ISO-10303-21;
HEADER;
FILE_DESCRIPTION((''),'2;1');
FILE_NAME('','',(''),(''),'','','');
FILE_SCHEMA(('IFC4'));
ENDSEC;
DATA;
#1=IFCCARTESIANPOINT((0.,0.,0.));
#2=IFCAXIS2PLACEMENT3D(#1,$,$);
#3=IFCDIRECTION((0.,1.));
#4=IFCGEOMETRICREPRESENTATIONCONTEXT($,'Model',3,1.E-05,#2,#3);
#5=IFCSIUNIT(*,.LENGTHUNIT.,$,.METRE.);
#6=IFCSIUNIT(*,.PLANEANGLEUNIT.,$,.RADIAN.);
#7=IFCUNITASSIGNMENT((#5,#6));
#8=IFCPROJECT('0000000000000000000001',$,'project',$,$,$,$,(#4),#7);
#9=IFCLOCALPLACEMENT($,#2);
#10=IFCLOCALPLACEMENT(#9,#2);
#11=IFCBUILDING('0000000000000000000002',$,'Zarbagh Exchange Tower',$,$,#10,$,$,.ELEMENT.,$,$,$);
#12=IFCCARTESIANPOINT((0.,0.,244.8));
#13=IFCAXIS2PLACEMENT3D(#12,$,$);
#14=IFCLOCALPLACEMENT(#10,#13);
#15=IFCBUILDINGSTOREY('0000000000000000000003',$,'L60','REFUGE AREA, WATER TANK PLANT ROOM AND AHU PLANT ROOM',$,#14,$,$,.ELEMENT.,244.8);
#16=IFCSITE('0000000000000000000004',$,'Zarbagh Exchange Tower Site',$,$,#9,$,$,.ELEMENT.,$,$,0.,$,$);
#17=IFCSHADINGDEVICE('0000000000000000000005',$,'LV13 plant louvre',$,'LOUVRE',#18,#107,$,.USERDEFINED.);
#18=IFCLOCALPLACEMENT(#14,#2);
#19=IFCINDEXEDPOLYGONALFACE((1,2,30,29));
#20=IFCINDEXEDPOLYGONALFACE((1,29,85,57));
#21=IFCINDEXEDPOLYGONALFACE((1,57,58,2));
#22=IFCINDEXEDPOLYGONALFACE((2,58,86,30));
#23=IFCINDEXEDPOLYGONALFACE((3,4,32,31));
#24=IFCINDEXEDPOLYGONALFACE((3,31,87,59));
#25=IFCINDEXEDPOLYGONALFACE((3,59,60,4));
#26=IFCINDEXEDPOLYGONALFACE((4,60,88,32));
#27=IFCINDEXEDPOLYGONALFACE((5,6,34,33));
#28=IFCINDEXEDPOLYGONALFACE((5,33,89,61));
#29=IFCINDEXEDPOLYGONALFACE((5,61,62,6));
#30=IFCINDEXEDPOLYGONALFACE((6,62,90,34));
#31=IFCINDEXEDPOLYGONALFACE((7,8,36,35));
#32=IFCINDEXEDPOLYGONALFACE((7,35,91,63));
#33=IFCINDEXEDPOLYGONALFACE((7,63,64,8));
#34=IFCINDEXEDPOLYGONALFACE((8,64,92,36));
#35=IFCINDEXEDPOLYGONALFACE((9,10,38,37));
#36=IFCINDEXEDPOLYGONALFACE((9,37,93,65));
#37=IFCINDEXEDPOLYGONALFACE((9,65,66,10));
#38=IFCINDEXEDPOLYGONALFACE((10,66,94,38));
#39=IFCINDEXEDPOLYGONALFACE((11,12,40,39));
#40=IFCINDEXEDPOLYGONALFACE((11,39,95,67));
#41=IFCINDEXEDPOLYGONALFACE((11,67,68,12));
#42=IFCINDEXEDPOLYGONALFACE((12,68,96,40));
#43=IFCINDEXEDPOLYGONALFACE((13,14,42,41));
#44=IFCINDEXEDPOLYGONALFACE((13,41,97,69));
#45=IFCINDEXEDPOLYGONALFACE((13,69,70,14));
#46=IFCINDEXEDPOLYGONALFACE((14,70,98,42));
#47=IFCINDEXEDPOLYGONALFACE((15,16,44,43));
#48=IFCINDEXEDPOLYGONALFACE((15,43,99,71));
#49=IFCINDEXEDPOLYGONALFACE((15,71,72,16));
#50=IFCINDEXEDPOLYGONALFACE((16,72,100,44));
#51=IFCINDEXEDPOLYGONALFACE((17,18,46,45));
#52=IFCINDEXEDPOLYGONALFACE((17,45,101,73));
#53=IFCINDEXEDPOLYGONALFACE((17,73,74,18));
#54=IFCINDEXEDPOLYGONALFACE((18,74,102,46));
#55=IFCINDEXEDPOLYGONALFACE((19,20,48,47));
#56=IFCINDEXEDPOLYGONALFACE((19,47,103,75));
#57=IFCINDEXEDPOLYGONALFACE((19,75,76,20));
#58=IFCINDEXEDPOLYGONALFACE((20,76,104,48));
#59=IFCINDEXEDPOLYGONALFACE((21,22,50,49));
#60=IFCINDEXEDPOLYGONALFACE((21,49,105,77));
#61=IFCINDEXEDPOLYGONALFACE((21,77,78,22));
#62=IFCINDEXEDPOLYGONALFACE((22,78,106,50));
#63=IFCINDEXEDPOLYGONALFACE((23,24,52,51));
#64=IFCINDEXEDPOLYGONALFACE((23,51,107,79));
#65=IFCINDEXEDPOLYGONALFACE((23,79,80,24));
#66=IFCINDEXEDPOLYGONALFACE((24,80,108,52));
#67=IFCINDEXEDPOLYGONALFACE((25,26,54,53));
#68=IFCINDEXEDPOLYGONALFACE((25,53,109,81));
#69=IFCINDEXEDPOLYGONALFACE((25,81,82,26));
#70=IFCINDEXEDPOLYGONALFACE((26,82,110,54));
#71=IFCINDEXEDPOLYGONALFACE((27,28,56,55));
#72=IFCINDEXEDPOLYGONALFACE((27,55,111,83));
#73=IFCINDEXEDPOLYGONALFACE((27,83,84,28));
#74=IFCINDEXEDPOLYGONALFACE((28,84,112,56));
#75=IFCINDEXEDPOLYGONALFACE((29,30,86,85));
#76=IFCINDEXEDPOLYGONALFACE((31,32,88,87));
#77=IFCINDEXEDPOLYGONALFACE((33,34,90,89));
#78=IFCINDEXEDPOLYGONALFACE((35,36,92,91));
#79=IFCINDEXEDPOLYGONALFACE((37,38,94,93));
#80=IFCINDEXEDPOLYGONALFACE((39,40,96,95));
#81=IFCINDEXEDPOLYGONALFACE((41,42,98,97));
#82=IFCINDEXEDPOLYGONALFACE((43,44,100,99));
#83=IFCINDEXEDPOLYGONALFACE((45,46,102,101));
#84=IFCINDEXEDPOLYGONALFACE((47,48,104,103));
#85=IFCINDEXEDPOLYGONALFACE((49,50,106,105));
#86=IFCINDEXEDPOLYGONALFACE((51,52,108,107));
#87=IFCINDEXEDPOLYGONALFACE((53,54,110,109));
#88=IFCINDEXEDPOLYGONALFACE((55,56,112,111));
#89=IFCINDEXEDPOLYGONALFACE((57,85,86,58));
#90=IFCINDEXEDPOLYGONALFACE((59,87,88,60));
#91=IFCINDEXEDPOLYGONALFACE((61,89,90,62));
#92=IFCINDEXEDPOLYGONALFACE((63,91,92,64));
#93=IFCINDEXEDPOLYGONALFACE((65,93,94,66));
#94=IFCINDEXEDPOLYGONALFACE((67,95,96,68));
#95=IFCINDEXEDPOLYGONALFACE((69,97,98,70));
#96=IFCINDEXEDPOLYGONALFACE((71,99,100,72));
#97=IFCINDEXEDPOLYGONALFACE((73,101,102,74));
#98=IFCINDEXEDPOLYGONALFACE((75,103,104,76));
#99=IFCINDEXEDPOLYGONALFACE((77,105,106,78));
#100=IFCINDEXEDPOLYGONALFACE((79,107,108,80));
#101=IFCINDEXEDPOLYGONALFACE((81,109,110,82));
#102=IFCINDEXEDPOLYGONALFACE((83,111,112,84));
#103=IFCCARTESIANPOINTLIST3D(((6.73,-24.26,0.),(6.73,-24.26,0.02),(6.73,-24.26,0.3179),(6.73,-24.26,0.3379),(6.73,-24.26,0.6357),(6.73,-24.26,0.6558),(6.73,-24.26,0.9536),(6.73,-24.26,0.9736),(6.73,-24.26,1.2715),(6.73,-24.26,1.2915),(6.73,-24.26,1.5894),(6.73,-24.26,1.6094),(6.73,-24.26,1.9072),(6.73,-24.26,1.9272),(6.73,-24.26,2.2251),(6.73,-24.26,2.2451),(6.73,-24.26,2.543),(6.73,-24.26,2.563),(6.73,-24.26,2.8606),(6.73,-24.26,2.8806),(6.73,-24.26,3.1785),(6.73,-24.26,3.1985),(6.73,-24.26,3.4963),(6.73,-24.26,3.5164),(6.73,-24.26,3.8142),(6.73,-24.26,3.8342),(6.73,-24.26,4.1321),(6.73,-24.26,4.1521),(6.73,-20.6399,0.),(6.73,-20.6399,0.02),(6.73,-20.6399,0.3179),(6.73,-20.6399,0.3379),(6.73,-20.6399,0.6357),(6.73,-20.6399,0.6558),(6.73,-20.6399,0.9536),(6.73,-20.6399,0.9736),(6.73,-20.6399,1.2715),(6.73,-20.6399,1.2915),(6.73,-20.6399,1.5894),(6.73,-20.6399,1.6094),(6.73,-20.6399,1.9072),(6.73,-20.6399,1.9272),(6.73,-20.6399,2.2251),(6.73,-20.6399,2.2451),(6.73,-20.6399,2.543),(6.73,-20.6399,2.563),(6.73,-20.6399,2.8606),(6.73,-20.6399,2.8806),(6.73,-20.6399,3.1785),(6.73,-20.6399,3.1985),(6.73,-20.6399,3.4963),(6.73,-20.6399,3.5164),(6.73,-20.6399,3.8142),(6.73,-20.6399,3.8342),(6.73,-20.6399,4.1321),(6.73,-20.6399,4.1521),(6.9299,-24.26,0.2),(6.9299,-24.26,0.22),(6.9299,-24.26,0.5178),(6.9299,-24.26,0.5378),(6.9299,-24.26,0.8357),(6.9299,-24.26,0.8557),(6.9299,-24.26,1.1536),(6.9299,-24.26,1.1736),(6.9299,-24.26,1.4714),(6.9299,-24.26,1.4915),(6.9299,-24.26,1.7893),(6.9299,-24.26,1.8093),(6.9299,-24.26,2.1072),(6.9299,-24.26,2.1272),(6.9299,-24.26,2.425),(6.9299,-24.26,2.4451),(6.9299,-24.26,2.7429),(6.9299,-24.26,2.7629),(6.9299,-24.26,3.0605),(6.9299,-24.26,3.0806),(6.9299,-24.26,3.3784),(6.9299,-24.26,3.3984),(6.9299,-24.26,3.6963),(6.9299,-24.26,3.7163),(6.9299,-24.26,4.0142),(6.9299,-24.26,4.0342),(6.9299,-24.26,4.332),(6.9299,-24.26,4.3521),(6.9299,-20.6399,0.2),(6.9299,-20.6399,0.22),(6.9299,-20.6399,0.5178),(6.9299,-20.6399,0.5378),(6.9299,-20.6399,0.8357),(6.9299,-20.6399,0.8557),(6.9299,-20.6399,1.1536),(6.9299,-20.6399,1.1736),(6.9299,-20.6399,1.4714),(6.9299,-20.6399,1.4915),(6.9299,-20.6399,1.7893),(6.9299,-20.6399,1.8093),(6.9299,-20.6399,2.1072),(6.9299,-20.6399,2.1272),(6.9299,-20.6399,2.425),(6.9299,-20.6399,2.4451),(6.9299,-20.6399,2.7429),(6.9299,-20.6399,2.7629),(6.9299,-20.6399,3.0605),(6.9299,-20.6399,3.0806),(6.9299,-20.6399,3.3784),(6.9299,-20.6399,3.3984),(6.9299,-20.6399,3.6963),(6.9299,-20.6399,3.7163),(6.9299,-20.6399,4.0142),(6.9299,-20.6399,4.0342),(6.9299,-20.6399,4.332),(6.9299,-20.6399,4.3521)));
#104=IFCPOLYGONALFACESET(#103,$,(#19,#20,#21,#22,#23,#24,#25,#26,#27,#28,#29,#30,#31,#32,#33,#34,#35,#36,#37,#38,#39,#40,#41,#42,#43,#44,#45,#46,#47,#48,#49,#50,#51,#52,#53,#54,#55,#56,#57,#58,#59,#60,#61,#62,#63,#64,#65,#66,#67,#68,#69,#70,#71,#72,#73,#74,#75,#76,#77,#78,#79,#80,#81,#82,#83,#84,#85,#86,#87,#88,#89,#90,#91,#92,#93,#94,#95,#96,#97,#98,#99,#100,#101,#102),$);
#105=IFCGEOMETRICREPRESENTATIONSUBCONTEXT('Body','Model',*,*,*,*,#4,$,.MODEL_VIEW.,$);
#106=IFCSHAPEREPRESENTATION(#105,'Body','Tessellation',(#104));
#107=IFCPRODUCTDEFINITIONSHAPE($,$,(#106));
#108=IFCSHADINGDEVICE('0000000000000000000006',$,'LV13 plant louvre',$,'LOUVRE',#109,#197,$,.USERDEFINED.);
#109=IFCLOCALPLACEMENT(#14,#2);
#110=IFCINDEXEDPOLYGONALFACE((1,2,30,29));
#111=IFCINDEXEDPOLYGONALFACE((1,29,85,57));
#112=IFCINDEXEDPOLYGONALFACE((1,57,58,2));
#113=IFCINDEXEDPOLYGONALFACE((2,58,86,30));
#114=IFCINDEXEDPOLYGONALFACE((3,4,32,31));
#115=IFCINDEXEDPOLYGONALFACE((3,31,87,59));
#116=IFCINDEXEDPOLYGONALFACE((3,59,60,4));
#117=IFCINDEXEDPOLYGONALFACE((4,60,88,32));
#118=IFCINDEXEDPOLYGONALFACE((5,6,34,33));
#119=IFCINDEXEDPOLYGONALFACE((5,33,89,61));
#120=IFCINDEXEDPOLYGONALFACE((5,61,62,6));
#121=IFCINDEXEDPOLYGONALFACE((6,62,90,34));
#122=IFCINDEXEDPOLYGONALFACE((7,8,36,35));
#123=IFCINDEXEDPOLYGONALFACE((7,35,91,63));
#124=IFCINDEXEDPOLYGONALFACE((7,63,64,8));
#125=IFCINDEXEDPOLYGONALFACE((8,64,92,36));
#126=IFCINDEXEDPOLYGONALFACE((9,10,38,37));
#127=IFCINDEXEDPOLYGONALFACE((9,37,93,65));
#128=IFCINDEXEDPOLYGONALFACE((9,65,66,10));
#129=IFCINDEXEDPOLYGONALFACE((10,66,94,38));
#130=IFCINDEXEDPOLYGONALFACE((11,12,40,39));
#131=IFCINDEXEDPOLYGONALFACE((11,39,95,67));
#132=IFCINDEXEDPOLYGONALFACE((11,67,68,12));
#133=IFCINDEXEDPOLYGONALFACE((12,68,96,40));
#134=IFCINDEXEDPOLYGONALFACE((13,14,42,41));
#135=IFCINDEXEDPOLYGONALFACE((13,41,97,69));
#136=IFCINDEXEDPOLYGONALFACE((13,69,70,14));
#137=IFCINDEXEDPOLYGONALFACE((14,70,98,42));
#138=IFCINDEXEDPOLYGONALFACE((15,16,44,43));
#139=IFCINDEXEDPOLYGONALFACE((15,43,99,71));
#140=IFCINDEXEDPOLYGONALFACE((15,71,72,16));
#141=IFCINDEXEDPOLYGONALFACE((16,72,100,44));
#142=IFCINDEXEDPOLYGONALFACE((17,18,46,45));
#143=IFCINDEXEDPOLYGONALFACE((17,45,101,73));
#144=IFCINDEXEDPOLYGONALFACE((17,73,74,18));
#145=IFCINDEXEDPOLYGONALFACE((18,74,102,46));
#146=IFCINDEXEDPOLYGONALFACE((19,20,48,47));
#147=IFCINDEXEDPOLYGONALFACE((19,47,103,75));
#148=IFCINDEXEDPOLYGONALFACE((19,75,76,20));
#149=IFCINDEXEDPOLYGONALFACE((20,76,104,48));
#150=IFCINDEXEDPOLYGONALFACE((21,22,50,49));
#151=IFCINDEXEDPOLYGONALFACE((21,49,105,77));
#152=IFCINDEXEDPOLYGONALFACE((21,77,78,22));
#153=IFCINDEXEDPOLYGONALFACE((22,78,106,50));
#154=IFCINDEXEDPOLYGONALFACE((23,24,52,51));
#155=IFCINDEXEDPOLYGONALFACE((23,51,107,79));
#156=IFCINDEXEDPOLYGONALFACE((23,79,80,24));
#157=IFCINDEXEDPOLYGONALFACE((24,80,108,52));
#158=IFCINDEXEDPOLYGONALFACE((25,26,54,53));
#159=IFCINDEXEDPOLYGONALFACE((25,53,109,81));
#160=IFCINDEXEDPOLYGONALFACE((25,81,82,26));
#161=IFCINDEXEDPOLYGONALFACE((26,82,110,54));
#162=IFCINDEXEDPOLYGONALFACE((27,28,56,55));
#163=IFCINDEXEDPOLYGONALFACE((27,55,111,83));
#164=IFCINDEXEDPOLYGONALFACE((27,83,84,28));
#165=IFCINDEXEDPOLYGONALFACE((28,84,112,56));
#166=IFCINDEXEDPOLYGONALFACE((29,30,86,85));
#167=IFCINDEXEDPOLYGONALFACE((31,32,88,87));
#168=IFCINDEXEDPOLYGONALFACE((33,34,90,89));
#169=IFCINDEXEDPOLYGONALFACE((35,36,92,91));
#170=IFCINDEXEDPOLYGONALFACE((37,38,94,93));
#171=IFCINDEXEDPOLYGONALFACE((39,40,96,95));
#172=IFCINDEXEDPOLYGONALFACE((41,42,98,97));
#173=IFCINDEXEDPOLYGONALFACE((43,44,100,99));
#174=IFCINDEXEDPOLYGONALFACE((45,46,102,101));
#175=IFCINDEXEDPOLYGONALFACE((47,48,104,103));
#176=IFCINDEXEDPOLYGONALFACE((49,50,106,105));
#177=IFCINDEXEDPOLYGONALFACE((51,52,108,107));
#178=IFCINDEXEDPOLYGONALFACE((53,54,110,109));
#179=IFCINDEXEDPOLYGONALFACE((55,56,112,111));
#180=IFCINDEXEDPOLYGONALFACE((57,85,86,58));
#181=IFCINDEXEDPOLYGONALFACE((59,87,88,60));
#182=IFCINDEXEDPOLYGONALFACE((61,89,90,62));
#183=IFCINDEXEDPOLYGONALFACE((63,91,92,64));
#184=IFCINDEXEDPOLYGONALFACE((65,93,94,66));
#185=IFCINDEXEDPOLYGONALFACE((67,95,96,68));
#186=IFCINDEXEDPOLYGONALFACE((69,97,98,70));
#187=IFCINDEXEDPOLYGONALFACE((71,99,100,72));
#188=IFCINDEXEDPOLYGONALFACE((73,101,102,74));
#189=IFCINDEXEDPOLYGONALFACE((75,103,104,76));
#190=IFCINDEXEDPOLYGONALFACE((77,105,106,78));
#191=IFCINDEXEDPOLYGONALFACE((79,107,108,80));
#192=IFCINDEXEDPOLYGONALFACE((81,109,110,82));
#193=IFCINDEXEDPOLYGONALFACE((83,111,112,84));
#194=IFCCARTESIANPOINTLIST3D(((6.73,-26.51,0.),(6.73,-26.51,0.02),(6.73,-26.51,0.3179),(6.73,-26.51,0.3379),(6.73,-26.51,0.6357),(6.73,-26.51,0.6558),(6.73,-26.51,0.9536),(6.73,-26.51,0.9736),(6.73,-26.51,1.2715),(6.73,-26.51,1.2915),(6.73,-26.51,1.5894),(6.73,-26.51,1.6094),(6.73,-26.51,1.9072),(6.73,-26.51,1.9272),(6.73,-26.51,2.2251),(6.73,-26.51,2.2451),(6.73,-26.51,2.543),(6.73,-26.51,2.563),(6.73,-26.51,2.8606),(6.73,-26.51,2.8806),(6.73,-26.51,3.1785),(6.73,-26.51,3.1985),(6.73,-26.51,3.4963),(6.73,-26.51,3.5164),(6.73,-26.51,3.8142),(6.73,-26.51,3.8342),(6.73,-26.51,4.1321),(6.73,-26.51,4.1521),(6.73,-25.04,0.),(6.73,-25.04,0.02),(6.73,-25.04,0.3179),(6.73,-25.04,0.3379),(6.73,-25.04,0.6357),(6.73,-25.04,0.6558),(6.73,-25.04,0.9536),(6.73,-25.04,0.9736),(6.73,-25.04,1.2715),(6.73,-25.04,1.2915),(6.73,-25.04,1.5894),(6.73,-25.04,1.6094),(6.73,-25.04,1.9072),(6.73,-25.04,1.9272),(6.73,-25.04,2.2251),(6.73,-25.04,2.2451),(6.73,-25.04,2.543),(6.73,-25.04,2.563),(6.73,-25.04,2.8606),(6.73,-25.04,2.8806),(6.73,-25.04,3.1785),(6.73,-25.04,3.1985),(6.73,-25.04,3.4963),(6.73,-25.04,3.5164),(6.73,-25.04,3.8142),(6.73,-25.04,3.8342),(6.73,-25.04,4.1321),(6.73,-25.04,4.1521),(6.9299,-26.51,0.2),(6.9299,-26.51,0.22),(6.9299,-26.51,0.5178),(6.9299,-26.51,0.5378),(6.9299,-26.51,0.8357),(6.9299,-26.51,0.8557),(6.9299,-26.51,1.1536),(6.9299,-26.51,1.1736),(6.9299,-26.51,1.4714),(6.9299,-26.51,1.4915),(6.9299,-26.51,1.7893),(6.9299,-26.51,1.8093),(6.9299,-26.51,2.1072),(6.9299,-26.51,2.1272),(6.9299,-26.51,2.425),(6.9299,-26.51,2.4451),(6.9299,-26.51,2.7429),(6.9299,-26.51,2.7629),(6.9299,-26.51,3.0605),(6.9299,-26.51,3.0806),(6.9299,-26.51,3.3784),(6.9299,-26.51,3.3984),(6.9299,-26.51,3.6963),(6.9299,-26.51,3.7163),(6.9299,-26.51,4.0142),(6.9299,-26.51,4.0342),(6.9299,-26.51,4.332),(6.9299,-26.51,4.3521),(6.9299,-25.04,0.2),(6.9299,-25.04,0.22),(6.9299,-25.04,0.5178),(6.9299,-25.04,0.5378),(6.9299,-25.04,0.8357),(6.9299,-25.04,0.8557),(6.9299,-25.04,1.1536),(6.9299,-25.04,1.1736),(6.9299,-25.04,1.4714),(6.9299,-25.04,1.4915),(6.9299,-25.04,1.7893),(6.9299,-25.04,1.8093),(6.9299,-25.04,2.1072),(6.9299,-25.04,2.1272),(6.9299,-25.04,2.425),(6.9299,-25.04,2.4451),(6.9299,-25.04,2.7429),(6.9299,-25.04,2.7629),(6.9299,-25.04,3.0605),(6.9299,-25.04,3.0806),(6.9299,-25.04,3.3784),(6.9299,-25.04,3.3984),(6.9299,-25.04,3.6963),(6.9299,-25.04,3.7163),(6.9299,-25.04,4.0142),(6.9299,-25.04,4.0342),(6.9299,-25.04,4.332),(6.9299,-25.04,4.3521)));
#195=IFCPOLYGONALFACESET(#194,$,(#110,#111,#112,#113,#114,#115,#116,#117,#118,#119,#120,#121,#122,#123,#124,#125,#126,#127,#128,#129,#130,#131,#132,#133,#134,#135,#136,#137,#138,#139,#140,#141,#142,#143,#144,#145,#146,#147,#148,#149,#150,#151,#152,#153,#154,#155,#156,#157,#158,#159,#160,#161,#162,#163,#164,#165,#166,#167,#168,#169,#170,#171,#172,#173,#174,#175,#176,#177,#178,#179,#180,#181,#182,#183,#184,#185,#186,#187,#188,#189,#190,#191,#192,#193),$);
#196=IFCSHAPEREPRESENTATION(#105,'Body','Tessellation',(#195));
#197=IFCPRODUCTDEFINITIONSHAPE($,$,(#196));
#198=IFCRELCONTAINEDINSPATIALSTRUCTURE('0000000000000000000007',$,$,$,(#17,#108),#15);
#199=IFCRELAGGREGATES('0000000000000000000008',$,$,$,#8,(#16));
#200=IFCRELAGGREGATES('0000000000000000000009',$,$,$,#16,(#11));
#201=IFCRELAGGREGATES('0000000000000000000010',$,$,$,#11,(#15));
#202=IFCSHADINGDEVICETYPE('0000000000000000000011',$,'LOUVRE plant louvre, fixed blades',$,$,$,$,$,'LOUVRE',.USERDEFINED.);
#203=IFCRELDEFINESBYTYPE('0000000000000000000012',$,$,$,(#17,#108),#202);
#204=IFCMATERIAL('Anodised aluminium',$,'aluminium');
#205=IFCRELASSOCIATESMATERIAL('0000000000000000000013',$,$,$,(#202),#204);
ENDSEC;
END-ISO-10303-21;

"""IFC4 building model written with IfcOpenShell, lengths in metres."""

from ifc_helpers import new_model, si_unit, direction, frame, origin, place, context, subcontext, project, spatial, polyline, outline, extrude, source, transform, mapped, material, type_object, element, save


model = new_model("IFC4")

# Units and contexts
model_context = context("Model", 3, precision=1e-05, world=origin(), true_north=direction((0.0, 1.0)))
body_context = subcontext(model_context, "Body", "Model", "MODEL_VIEW")
ifc_project = project(units=[si_unit("LENGTHUNIT", "METRE"), si_unit("PLANEANGLEUNIT", "RADIAN")], contexts=[model_context])

# Site, building, storey
site_placement = place(None, origin())
site = spatial("IfcSite", under=ifc_project, at=site_placement, Name="Zarbagh Exchange Tower Site", CompositionType="ELEMENT", RefElevation=0.0)
building_placement = place(site_placement, origin())
building = spatial("IfcBuilding", under=site, at=building_placement, Name="Zarbagh Exchange Tower", CompositionType="ELEMENT")
storey_placement = place(building_placement, frame((0.0, 0.0, 244.8)))
storey = spatial("IfcBuildingStorey", under=building, at=storey_placement, Name="L60", Description="REFUGE AREA, WATER TANK PLANT ROOM AND AHU PLANT ROOM", CompositionType="ELEMENT", Elevation=244.8)

# Shared definitions
placement = place(storey_placement, origin())

# Shading devices
ifc_material_1 = material(Name="Anodised aluminium", Category="aluminium")
shading_device_type = type_object("IfcShadingDeviceType", Name="LOUVRE plant louvre, fixed blades", ElementType="LOUVRE", PredefinedType="USERDEFINED", material=ifc_material_1)
shared_shape_1 = source(origin(), body_context, "Body", "SweptSolid", [
    extrude(outline(polyline([(0.0, 0.2), (0.2, 0.0), (0.2, -0.02), (0.0, 0.1799), (0.0, 0.2)])), origin(), (0.0, 0.0, 1.0), 3.6201),
])
element("IfcShadingDevice", 1, at=placement, inside=storey, type_object=shading_device_type, Name="LV13 plant louvre", ObjectType="LOUVRE", PredefinedType="USERDEFINED", context=body_context, shape_type="MappedRepresentation", body=[
    mapped(shared_shape_1, transform((6.73, -24.26, 0.2), x_axis=(1.0, 0.0, 0.0), y_axis=(0.0, 0.0, -1.0), z_axis=(0.0, 1.0, 0.0))),
    mapped(shared_shape_1, transform((6.73, -24.26, 0.5178), x_axis=(1.0, 0.0, 0.0), y_axis=(0.0, 0.0, -1.0), z_axis=(0.0, 1.0, 0.0))),
    mapped(shared_shape_1, transform((6.73, -24.26, 0.8357), x_axis=(1.0, 0.0, 0.0), y_axis=(0.0, 0.0, -1.0), z_axis=(0.0, 1.0, 0.0))),
    mapped(shared_shape_1, transform((6.73, -24.26, 1.1536), x_axis=(1.0, 0.0, 0.0), y_axis=(0.0, 0.0, -1.0), z_axis=(0.0, 1.0, 0.0))),
    mapped(shared_shape_1, transform((6.73, -24.26, 1.4714), x_axis=(1.0, 0.0, 0.0), y_axis=(0.0, 0.0, -1.0), z_axis=(0.0, 1.0, 0.0))),
    mapped(shared_shape_1, transform((6.73, -24.26, 1.7893), x_axis=(1.0, 0.0, 0.0), y_axis=(0.0, 0.0, -1.0), z_axis=(0.0, 1.0, 0.0))),
    mapped(shared_shape_1, transform((6.73, -24.26, 2.1072), x_axis=(1.0, 0.0, 0.0), y_axis=(0.0, 0.0, -1.0), z_axis=(0.0, 1.0, 0.0))),
    mapped(shared_shape_1, transform((6.73, -24.26, 2.425), x_axis=(1.0, 0.0, 0.0), y_axis=(0.0, 0.0, -1.0), z_axis=(0.0, 1.0, 0.0))),
    mapped(shared_shape_1, transform((6.73, -24.26, 2.7429), x_axis=(1.0, 0.0, 0.0), y_axis=(0.0, 0.0, -1.0), z_axis=(0.0, 1.0, 0.0))),
    mapped(shared_shape_1, transform((6.73, -24.26, 3.0605), x_axis=(1.0, 0.0, 0.0), y_axis=(0.0, 0.0, -1.0), z_axis=(0.0, 1.0, 0.0))),
    mapped(shared_shape_1, transform((6.73, -24.26, 3.3784), x_axis=(1.0, 0.0, 0.0), y_axis=(0.0, 0.0, -1.0), z_axis=(0.0, 1.0, 0.0))),
    mapped(shared_shape_1, transform((6.73, -24.26, 3.6963), x_axis=(1.0, 0.0, 0.0), y_axis=(0.0, 0.0, -1.0), z_axis=(0.0, 1.0, 0.0))),
    mapped(shared_shape_1, transform((6.73, -24.26, 4.0142), x_axis=(1.0, 0.0, 0.0), y_axis=(0.0, 0.0, -1.0), z_axis=(0.0, 1.0, 0.0))),
    mapped(shared_shape_1, transform((6.73, -24.26, 4.332), x_axis=(1.0, 0.0, 0.0), y_axis=(0.0, 0.0, -1.0), z_axis=(0.0, 1.0, 0.0))),
])
shared_shape_2 = source(origin(), body_context, "Body", "SweptSolid", [
    extrude(outline(polyline([(0.0, 0.2), (0.2, 0.0), (0.2, -0.02), (0.0, 0.1799), (0.0, 0.2)])), origin(), (0.0, 0.0, 1.0), 1.47),
])
element("IfcShadingDevice", 2, at=placement, inside=storey, type_object=shading_device_type, Name="LV13 plant louvre", ObjectType="LOUVRE", PredefinedType="USERDEFINED", context=body_context, shape_type="MappedRepresentation", body=[
    mapped(shared_shape_2, transform((6.73, -26.51, 0.2), x_axis=(1.0, 0.0, 0.0), y_axis=(0.0, 0.0, -1.0), z_axis=(0.0, 1.0, 0.0))),
    mapped(shared_shape_2, transform((6.73, -26.51, 0.5178), x_axis=(1.0, 0.0, 0.0), y_axis=(0.0, 0.0, -1.0), z_axis=(0.0, 1.0, 0.0))),
    mapped(shared_shape_2, transform((6.73, -26.51, 0.8357), x_axis=(1.0, 0.0, 0.0), y_axis=(0.0, 0.0, -1.0), z_axis=(0.0, 1.0, 0.0))),
    mapped(shared_shape_2, transform((6.73, -26.51, 1.1536), x_axis=(1.0, 0.0, 0.0), y_axis=(0.0, 0.0, -1.0), z_axis=(0.0, 1.0, 0.0))),
    mapped(shared_shape_2, transform((6.73, -26.51, 1.4714), x_axis=(1.0, 0.0, 0.0), y_axis=(0.0, 0.0, -1.0), z_axis=(0.0, 1.0, 0.0))),
    mapped(shared_shape_2, transform((6.73, -26.51, 1.7893), x_axis=(1.0, 0.0, 0.0), y_axis=(0.0, 0.0, -1.0), z_axis=(0.0, 1.0, 0.0))),
    mapped(shared_shape_2, transform((6.73, -26.51, 2.1072), x_axis=(1.0, 0.0, 0.0), y_axis=(0.0, 0.0, -1.0), z_axis=(0.0, 1.0, 0.0))),
    mapped(shared_shape_2, transform((6.73, -26.51, 2.425), x_axis=(1.0, 0.0, 0.0), y_axis=(0.0, 0.0, -1.0), z_axis=(0.0, 1.0, 0.0))),
    mapped(shared_shape_2, transform((6.73, -26.51, 2.7429), x_axis=(1.0, 0.0, 0.0), y_axis=(0.0, 0.0, -1.0), z_axis=(0.0, 1.0, 0.0))),
    mapped(shared_shape_2, transform((6.73, -26.51, 3.0605), x_axis=(1.0, 0.0, 0.0), y_axis=(0.0, 0.0, -1.0), z_axis=(0.0, 1.0, 0.0))),
    mapped(shared_shape_2, transform((6.73, -26.51, 3.3784), x_axis=(1.0, 0.0, 0.0), y_axis=(0.0, 0.0, -1.0), z_axis=(0.0, 1.0, 0.0))),
    mapped(shared_shape_2, transform((6.73, -26.51, 3.6963), x_axis=(1.0, 0.0, 0.0), y_axis=(0.0, 0.0, -1.0), z_axis=(0.0, 1.0, 0.0))),
    mapped(shared_shape_2, transform((6.73, -26.51, 4.0142), x_axis=(1.0, 0.0, 0.0), y_axis=(0.0, 0.0, -1.0), z_axis=(0.0, 1.0, 0.0))),
    mapped(shared_shape_2, transform((6.73, -26.51, 4.332), x_axis=(1.0, 0.0, 0.0), y_axis=(0.0, 0.0, -1.0), z_axis=(0.0, 1.0, 0.0))),
])

save(model, "model.ifc")
